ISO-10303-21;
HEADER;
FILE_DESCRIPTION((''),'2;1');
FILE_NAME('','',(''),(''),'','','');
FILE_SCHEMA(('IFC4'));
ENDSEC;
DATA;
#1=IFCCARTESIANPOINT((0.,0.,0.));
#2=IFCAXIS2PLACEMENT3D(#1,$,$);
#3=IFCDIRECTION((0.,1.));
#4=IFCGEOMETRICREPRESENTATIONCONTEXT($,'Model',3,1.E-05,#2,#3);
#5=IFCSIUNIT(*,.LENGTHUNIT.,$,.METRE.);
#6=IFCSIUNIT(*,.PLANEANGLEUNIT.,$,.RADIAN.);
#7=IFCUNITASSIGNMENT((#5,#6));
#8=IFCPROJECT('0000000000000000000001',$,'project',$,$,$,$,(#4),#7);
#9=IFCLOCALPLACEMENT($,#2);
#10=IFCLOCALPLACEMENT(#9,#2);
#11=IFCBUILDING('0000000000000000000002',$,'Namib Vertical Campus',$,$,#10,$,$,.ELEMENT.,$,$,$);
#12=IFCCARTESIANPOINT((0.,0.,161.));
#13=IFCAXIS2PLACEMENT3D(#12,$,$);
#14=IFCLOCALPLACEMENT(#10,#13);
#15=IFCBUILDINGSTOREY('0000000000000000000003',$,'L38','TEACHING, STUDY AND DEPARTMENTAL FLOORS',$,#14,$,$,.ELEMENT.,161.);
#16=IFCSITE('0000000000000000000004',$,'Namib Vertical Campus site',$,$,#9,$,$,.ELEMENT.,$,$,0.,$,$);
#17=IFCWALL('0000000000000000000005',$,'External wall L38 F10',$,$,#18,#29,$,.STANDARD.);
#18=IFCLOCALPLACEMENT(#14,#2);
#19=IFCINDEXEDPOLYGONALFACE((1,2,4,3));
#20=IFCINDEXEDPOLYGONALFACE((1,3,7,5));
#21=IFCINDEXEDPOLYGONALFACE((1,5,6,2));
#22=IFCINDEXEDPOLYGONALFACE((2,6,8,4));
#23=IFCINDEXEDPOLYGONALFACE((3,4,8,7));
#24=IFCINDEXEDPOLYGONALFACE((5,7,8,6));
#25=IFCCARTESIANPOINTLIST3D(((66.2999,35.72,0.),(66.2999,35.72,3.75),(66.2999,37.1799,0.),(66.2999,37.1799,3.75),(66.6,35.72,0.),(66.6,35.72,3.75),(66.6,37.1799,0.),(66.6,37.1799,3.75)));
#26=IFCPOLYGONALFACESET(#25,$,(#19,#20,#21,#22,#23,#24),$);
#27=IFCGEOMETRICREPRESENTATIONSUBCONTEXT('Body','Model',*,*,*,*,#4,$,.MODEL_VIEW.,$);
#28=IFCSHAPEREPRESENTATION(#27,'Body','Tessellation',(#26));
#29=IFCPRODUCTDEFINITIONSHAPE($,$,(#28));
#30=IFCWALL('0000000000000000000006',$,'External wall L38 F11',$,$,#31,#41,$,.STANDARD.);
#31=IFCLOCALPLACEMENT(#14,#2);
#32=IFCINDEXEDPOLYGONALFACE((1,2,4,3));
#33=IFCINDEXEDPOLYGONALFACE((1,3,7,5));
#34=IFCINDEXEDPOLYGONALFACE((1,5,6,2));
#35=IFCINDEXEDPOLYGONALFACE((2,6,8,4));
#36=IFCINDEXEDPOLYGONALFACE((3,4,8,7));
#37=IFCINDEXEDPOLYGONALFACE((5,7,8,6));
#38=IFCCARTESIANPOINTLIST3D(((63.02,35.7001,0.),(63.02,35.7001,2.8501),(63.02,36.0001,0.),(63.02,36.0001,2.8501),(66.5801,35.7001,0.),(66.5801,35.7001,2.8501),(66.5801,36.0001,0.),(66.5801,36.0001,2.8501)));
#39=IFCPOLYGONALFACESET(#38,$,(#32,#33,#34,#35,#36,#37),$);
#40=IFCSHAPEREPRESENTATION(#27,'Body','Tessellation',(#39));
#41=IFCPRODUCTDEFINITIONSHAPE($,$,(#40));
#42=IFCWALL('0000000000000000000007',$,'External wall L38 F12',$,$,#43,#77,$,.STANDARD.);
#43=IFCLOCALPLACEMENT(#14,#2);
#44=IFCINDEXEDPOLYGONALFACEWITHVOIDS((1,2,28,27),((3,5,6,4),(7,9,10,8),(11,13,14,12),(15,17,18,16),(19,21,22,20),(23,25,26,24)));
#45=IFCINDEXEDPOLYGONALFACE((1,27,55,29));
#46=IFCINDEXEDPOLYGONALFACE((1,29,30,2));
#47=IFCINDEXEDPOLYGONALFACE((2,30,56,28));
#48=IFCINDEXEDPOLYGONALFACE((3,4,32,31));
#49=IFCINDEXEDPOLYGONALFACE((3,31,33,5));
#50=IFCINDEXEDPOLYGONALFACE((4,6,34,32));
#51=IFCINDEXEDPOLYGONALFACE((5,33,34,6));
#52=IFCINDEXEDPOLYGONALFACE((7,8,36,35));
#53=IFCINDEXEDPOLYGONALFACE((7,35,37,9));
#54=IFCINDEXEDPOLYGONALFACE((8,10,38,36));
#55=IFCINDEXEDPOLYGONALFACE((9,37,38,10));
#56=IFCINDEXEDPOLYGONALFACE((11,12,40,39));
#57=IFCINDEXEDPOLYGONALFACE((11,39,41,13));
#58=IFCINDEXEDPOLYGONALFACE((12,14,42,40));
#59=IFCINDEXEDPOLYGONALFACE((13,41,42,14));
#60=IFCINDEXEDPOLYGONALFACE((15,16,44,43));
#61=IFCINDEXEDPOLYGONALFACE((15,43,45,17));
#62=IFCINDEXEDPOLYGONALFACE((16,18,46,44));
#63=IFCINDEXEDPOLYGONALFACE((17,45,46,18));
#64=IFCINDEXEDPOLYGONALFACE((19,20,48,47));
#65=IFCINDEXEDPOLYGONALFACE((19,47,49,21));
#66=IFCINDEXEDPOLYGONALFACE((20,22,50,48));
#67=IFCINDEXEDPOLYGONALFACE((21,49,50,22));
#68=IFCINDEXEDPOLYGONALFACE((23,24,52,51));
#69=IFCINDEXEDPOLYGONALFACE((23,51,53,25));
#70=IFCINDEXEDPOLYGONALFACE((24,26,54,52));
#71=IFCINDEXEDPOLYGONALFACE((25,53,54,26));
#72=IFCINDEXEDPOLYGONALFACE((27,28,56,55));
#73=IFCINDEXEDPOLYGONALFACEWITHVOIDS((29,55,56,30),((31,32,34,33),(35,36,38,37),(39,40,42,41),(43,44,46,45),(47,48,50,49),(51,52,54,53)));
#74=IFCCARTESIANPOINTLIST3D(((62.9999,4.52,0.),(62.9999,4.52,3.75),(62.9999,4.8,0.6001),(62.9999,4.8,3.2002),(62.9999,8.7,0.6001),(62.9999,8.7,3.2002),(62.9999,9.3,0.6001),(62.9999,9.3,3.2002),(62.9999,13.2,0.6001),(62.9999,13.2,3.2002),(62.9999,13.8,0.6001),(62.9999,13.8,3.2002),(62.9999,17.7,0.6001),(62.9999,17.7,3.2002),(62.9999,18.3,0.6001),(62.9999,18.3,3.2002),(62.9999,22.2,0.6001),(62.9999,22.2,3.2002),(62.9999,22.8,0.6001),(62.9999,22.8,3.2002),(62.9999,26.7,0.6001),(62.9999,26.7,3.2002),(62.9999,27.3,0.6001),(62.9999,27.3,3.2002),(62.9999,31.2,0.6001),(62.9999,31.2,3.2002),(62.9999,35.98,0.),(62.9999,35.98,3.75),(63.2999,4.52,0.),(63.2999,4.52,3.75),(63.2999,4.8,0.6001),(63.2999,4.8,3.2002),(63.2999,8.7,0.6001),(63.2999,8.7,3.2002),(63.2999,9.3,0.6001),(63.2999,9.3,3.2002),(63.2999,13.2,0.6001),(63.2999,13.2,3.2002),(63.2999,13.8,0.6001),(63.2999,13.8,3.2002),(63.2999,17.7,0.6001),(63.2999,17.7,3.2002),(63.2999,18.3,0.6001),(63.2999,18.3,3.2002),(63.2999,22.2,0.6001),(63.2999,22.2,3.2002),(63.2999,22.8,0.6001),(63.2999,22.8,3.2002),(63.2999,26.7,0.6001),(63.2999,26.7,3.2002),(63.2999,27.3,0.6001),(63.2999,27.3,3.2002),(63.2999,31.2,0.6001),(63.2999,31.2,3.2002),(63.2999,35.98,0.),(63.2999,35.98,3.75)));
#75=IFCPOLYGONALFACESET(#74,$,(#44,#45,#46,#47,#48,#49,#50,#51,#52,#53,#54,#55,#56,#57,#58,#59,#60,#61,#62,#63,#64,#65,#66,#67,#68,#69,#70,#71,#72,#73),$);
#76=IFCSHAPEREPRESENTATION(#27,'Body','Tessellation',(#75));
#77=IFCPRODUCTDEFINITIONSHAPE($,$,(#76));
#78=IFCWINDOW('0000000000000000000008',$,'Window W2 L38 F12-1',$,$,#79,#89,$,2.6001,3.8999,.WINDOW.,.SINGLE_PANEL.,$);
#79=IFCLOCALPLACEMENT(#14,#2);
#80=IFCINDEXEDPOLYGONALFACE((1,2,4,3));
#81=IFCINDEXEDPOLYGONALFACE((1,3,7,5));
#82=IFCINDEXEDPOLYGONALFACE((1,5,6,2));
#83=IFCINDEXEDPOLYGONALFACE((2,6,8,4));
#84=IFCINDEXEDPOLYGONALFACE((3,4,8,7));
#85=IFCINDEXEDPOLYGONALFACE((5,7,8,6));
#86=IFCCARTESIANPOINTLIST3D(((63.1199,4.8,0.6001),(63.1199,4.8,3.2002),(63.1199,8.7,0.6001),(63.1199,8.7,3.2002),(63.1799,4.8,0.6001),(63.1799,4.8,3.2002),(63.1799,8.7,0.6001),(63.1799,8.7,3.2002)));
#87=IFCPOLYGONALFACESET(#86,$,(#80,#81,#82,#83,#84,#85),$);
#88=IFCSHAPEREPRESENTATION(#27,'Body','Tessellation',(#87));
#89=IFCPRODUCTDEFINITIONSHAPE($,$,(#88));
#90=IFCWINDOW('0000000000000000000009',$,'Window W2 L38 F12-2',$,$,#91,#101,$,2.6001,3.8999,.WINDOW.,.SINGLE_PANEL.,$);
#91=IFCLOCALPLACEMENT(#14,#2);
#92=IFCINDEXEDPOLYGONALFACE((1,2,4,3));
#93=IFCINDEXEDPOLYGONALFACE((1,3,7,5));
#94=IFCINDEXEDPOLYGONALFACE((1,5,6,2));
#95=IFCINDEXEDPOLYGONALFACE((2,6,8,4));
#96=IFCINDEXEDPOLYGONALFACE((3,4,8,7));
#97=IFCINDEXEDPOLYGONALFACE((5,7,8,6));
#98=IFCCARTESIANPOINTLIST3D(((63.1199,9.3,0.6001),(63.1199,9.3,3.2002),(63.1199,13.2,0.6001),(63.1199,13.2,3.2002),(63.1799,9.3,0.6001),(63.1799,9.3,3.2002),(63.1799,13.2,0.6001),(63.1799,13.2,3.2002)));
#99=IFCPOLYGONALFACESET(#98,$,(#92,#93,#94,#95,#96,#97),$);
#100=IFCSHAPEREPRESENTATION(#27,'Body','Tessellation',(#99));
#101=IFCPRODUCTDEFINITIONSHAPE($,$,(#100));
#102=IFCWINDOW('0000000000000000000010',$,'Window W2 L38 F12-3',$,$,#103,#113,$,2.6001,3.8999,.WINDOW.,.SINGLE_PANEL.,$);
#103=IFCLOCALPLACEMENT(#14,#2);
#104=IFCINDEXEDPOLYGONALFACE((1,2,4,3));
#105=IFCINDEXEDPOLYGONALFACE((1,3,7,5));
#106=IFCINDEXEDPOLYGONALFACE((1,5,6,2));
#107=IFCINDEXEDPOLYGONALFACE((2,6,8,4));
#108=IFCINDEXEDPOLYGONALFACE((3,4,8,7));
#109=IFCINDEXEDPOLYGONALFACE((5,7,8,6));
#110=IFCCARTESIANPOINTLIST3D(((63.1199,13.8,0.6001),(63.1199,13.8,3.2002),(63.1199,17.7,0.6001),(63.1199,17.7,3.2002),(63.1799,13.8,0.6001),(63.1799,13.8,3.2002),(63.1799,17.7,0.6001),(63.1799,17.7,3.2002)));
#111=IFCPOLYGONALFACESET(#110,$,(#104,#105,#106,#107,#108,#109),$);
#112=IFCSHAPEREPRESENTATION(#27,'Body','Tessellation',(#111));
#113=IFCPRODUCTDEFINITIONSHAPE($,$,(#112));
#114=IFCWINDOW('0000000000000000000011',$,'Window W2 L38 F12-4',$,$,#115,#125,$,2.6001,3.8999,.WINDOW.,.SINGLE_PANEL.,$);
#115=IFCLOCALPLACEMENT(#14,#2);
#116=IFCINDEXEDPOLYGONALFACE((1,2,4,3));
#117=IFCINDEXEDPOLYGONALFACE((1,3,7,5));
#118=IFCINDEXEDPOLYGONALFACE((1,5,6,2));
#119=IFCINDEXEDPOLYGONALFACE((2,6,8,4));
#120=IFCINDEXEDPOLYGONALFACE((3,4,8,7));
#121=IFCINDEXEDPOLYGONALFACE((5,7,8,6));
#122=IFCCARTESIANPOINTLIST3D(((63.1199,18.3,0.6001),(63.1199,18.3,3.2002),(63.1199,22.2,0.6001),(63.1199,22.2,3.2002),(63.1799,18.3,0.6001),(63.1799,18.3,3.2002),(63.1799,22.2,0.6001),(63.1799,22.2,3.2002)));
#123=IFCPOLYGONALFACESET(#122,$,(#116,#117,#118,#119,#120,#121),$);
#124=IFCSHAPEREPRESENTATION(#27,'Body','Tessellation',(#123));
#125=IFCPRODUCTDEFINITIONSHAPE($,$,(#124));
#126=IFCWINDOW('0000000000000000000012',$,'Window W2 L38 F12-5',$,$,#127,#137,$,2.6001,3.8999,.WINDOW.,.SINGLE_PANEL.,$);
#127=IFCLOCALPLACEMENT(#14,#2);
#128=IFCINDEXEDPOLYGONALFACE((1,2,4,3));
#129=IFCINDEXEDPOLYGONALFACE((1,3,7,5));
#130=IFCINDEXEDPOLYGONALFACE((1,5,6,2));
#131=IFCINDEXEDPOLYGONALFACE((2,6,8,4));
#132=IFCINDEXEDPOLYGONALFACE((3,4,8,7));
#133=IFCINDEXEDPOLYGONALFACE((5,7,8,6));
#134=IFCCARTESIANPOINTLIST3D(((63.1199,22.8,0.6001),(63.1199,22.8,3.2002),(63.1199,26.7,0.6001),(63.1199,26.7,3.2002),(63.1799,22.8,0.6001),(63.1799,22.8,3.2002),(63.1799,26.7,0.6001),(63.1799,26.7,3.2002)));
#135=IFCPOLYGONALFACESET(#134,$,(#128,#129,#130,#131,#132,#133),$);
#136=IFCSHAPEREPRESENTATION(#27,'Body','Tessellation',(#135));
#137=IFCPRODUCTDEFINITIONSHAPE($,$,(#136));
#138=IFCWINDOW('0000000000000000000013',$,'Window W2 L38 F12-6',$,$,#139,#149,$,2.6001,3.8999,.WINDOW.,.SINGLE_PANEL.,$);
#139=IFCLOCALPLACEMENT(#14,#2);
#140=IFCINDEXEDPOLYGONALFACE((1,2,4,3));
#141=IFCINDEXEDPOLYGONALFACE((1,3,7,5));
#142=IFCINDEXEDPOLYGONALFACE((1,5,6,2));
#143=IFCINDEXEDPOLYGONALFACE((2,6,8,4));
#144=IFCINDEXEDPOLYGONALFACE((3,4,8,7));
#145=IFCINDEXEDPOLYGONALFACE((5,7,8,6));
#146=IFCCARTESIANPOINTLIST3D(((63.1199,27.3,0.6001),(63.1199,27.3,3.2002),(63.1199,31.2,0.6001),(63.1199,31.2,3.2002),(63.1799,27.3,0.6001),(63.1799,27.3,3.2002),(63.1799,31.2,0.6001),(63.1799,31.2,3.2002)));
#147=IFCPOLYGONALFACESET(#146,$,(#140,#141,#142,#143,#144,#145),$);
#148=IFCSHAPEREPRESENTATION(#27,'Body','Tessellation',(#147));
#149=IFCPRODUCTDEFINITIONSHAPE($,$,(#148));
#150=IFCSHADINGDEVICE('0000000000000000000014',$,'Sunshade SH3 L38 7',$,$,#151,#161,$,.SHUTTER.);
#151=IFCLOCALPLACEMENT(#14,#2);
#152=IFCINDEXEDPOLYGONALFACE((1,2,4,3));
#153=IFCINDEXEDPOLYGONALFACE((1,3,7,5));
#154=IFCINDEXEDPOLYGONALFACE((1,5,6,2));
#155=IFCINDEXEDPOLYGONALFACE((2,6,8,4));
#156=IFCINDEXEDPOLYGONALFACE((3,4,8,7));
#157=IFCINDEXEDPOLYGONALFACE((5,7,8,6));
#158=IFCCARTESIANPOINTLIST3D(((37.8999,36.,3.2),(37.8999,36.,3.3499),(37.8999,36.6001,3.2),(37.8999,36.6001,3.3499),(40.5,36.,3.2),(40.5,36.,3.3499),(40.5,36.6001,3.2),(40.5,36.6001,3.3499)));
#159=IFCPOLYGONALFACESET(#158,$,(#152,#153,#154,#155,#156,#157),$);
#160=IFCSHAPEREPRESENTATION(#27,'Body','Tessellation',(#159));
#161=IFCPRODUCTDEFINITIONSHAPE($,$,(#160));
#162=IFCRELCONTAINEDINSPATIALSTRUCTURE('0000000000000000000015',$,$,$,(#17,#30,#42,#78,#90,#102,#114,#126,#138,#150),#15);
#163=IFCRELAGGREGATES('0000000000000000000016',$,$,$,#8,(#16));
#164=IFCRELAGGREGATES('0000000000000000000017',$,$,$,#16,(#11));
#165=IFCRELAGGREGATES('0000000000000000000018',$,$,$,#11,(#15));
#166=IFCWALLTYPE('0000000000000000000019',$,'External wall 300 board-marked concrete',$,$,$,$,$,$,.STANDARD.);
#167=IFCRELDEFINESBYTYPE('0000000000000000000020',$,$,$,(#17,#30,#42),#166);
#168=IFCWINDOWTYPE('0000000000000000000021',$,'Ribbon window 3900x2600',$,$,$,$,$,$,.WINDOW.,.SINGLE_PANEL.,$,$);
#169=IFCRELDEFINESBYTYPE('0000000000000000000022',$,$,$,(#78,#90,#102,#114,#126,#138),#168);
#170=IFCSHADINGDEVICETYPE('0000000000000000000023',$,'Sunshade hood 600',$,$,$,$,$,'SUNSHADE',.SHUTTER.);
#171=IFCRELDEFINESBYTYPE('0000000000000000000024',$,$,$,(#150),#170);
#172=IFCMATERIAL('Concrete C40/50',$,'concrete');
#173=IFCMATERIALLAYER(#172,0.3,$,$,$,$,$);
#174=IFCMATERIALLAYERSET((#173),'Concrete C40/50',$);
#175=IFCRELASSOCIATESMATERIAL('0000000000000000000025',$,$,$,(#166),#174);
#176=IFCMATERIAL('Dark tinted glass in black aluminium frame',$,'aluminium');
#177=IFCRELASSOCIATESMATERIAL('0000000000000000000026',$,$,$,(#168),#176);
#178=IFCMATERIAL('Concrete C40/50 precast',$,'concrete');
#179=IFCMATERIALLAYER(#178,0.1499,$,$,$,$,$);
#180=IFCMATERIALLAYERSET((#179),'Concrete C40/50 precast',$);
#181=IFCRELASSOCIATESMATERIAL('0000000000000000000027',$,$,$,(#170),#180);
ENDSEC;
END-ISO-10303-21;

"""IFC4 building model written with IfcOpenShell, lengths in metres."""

from ifc_helpers import new_model, si_unit, direction, frame, frame_2d, origin, origin_2d, place, context, subcontext, project, spatial, rectangle, extrude, material, layer, layer_set, type_object, element, fill, save


model = new_model("IFC4")

# Units and contexts
model_context = context("Model", 3, precision=1e-05, world=origin(), true_north=direction((0.0, 1.0)))
body_context = subcontext(model_context, "Body", "Model", "MODEL_VIEW")
ifc_project = project(units=[si_unit("LENGTHUNIT", "METRE"), si_unit("PLANEANGLEUNIT", "RADIAN")], contexts=[model_context])

# Site, building, storey
site_placement = place(None, origin())
site = spatial("IfcSite", under=ifc_project, at=site_placement, Name="Namib Vertical Campus site", CompositionType="ELEMENT", RefElevation=0.0)
building_placement = place(site_placement, origin())
building = spatial("IfcBuilding", under=site, at=building_placement, Name="Namib Vertical Campus", CompositionType="ELEMENT")
storey_placement = place(building_placement, frame((0.0, 0.0, 161.0)))
storey = spatial("IfcBuildingStorey", under=building, at=storey_placement, Name="L38", Description="TEACHING, STUDY AND DEPARTMENTAL FLOORS", CompositionType="ELEMENT", Elevation=161.0)

# Walls
ifc_material_1 = material(Name="Concrete C40/50", Category="concrete")
ifc_layer_1 = layer(ifc_material_1, 0.3)
ifc_layer_set_1 = layer_set([ifc_layer_1], Name="Concrete C40/50")
wall_type_1 = type_object("IfcWallType", Name="External wall 300 board-marked concrete", PredefinedType="STANDARD", material=ifc_layer_set_1)
wall_1_placement = place(storey_placement, frame((66.45, 37.1799, 0.0), z_axis=(0.0, 0.0, 1.0), x_axis=(0.0, -1.0, 0.0)))
element("IfcWall", 1, at=wall_1_placement, inside=storey, type_object=wall_type_1, Name="External wall L38 F10", PredefinedType="STANDARD", context=body_context, shape_type="SweptSolid", body=[
    extrude(rectangle(XDim=1.46, YDim=0.3, at=frame_2d((0.73, 0.0))), origin(), (0.0, 0.0, 1.0), 3.75),
])
wall_2_placement = place(storey_placement, frame((66.5801, 35.8501, 0.0), z_axis=(0.0, 0.0, 1.0), x_axis=(-1.0, 0.0, 0.0)))
element("IfcWall", 2, at=wall_2_placement, inside=storey, type_object=wall_type_1, Name="External wall L38 F11", PredefinedType="STANDARD", context=body_context, shape_type="SweptSolid", body=[
    extrude(rectangle(XDim=3.5601, YDim=0.3, at=frame_2d((1.78, 0.0))), origin(), (0.0, 0.0, 1.0), 2.8501),
])

# Wall, openings, windows
wall_3_placement = place(storey_placement, frame((63.1499, 35.98, 0.0), z_axis=(0.0, 0.0, 1.0), x_axis=(0.0, -1.0, 0.0)))
wall_3 = element("IfcWall", 3, at=wall_3_placement, inside=storey, type_object=wall_type_1, Name="External wall L38 F12", PredefinedType="STANDARD", context=body_context, shape_type="SweptSolid", body=[
    extrude(rectangle(XDim=31.46, YDim=0.3, at=frame_2d((15.73, 0.0))), origin(), (0.0, 0.0, 1.0), 3.75),
])
opening_1_placement = place(wall_3_placement, frame((27.28, 0.0, 0.6001)))
opening_1 = element("IfcOpeningElement", 4, at=opening_1_placement, cuts=wall_3, PredefinedType="OPENING", context=body_context, shape_type="SweptSolid", body=[
    extrude(rectangle(XDim=3.8999, YDim=2.6001, at=frame_2d((1.95, 1.3))), frame((0.0, 0.1599, 0.0), z_axis=(0.0, -1.0, 0.0), x_axis=(1.0, 0.0, 0.0)), (0.0, 0.0, 1.0), 0.3201),
])
opening_2_placement = place(wall_3_placement, frame((22.78, 0.0, 0.6001)))
opening_2 = element("IfcOpeningElement", 5, at=opening_2_placement, cuts=wall_3, PredefinedType="OPENING", context=body_context, shape_type="SweptSolid", body=[
    extrude(rectangle(XDim=3.8999, YDim=2.6001, at=frame_2d((1.95, 1.3))), frame((0.0, 0.1599, 0.0), z_axis=(0.0, -1.0, 0.0), x_axis=(1.0, 0.0, 0.0)), (0.0, 0.0, 1.0), 0.3201),
])
opening_3_placement = place(wall_3_placement, frame((18.28, 0.0, 0.6001)))
opening_3 = element("IfcOpeningElement", 6, at=opening_3_placement, cuts=wall_3, PredefinedType="OPENING", context=body_context, shape_type="SweptSolid", body=[
    extrude(rectangle(XDim=3.8999, YDim=2.6001, at=frame_2d((1.95, 1.3))), frame((0.0, 0.1599, 0.0), z_axis=(0.0, -1.0, 0.0), x_axis=(1.0, 0.0, 0.0)), (0.0, 0.0, 1.0), 0.3201),
])
opening_4_placement = place(wall_3_placement, frame((13.78, 0.0, 0.6001)))
opening_4 = element("IfcOpeningElement", 7, at=opening_4_placement, cuts=wall_3, PredefinedType="OPENING", context=body_context, shape_type="SweptSolid", body=[
    extrude(rectangle(XDim=3.8999, YDim=2.6001, at=frame_2d((1.95, 1.3))), frame((0.0, 0.1599, 0.0), z_axis=(0.0, -1.0, 0.0), x_axis=(1.0, 0.0, 0.0)), (0.0, 0.0, 1.0), 0.3201),
])
opening_5_placement = place(wall_3_placement, frame((9.28, 0.0, 0.6001)))
opening_5 = element("IfcOpeningElement", 8, at=opening_5_placement, cuts=wall_3, PredefinedType="OPENING", context=body_context, shape_type="SweptSolid", body=[
    extrude(rectangle(XDim=3.8999, YDim=2.6001, at=frame_2d((1.95, 1.3))), frame((0.0, 0.1599, 0.0), z_axis=(0.0, -1.0, 0.0), x_axis=(1.0, 0.0, 0.0)), (0.0, 0.0, 1.0), 0.3201),
])
opening_6_placement = place(wall_3_placement, frame((4.78, 0.0, 0.6001)))
opening_6 = element("IfcOpeningElement", 9, at=opening_6_placement, cuts=wall_3, PredefinedType="OPENING", context=body_context, shape_type="SweptSolid", body=[
    extrude(rectangle(XDim=3.8999, YDim=2.6001, at=frame_2d((1.95, 1.3))), frame((0.0, 0.1599, 0.0), z_axis=(0.0, -1.0, 0.0), x_axis=(1.0, 0.0, 0.0)), (0.0, 0.0, 1.0), 0.3201),
])
ifc_material_2 = material(Name="Dark tinted glass in black aluminium frame", Category="aluminium")
window_type = type_object("IfcWindowType", Name="Ribbon window 3900x2600", PartitioningType="SINGLE_PANEL", PredefinedType="WINDOW", material=ifc_material_2)
window_1_placement = place(opening_1_placement, origin())
window_1 = element("IfcWindow", 10, at=window_1_placement, inside=storey, type_object=window_type, Name="Window W2 L38 F12-1", OverallHeight=2.6001, OverallWidth=3.8999, PartitioningType="SINGLE_PANEL", PredefinedType="WINDOW", context=body_context, shape_type="SweptSolid", body=[
    extrude(rectangle(XDim=3.8999, YDim=2.6001, at=frame_2d((1.95, 1.3))), frame((0.0, 0.03, 0.0), z_axis=(0.0, -1.0, 0.0), x_axis=(1.0, 0.0, 0.0)), (0.0, 0.0, 1.0), 0.0601),
])
fill(opening_1, window_1)
window_2_placement = place(opening_2_placement, origin())
window_2 = element("IfcWindow", 11, at=window_2_placement, inside=storey, type_object=window_type, Name="Window W2 L38 F12-2", OverallHeight=2.6001, OverallWidth=3.8999, PartitioningType="SINGLE_PANEL", PredefinedType="WINDOW", context=body_context, shape_type="SweptSolid", body=[
    extrude(rectangle(XDim=3.8999, YDim=2.6001, at=frame_2d((1.95, 1.3))), frame((0.0, 0.03, 0.0), z_axis=(0.0, -1.0, 0.0), x_axis=(1.0, 0.0, 0.0)), (0.0, 0.0, 1.0), 0.0601),
])
fill(opening_2, window_2)
window_3_placement = place(opening_3_placement, origin())
window_3 = element("IfcWindow", 12, at=window_3_placement, inside=storey, type_object=window_type, Name="Window W2 L38 F12-3", OverallHeight=2.6001, OverallWidth=3.8999, PartitioningType="SINGLE_PANEL", PredefinedType="WINDOW", context=body_context, shape_type="SweptSolid", body=[
    extrude(rectangle(XDim=3.8999, YDim=2.6001, at=frame_2d((1.95, 1.3))), frame((0.0, 0.03, 0.0), z_axis=(0.0, -1.0, 0.0), x_axis=(1.0, 0.0, 0.0)), (0.0, 0.0, 1.0), 0.0601),
])
fill(opening_3, window_3)
window_4_placement = place(opening_4_placement, origin())
window_4 = element("IfcWindow", 13, at=window_4_placement, inside=storey, type_object=window_type, Name="Window W2 L38 F12-4", OverallHeight=2.6001, OverallWidth=3.8999, PartitioningType="SINGLE_PANEL", PredefinedType="WINDOW", context=body_context, shape_type="SweptSolid", body=[
    extrude(rectangle(XDim=3.8999, YDim=2.6001, at=frame_2d((1.95, 1.3))), frame((0.0, 0.03, 0.0), z_axis=(0.0, -1.0, 0.0), x_axis=(1.0, 0.0, 0.0)), (0.0, 0.0, 1.0), 0.0601),
])
fill(opening_4, window_4)
window_5_placement = place(opening_5_placement, origin())
window_5 = element("IfcWindow", 14, at=window_5_placement, inside=storey, type_object=window_type, Name="Window W2 L38 F12-5", OverallHeight=2.6001, OverallWidth=3.8999, PartitioningType="SINGLE_PANEL", PredefinedType="WINDOW", context=body_context, shape_type="SweptSolid", body=[
    extrude(rectangle(XDim=3.8999, YDim=2.6001, at=frame_2d((1.95, 1.3))), frame((0.0, 0.03, 0.0), z_axis=(0.0, -1.0, 0.0), x_axis=(1.0, 0.0, 0.0)), (0.0, 0.0, 1.0), 0.0601),
])
fill(opening_5, window_5)
window_6_placement = place(opening_6_placement, origin())
window_6 = element("IfcWindow", 15, at=window_6_placement, inside=storey, type_object=window_type, Name="Window W2 L38 F12-6", OverallHeight=2.6001, OverallWidth=3.8999, PartitioningType="SINGLE_PANEL", PredefinedType="WINDOW", context=body_context, shape_type="SweptSolid", body=[
    extrude(rectangle(XDim=3.8999, YDim=2.6001, at=frame_2d((1.95, 1.3))), frame((0.0, 0.03, 0.0), z_axis=(0.0, -1.0, 0.0), x_axis=(1.0, 0.0, 0.0)), (0.0, 0.0, 1.0), 0.0601),
])
fill(opening_6, window_6)

# Shading device
ifc_material_3 = material(Name="Concrete C40/50 precast", Category="concrete")
ifc_layer_2 = layer(ifc_material_3, 0.1499)
ifc_layer_set_2 = layer_set([ifc_layer_2], Name="Concrete C40/50 precast")
shading_device_type = type_object("IfcShadingDeviceType", Name="Sunshade hood 600", ElementType="SUNSHADE", PredefinedType="SHUTTER", material=ifc_layer_set_2)
shading_device_placement = place(storey_placement, frame((39.2, 36.3, 3.2), z_axis=(0.0, 0.0, 1.0), x_axis=(-1.0, 0.0, 0.0)))
element("IfcShadingDevice", 16, at=shading_device_placement, inside=storey, type_object=shading_device_type, Name="Sunshade SH3 L38 7", PredefinedType="SHUTTER", context=body_context, shape_type="SweptSolid", body=[
    extrude(rectangle(XDim=2.6001, YDim=0.6001, at=origin_2d()), origin(), (0.0, 0.0, 1.0), 0.1499),
])

save(model, "model.ifc")
